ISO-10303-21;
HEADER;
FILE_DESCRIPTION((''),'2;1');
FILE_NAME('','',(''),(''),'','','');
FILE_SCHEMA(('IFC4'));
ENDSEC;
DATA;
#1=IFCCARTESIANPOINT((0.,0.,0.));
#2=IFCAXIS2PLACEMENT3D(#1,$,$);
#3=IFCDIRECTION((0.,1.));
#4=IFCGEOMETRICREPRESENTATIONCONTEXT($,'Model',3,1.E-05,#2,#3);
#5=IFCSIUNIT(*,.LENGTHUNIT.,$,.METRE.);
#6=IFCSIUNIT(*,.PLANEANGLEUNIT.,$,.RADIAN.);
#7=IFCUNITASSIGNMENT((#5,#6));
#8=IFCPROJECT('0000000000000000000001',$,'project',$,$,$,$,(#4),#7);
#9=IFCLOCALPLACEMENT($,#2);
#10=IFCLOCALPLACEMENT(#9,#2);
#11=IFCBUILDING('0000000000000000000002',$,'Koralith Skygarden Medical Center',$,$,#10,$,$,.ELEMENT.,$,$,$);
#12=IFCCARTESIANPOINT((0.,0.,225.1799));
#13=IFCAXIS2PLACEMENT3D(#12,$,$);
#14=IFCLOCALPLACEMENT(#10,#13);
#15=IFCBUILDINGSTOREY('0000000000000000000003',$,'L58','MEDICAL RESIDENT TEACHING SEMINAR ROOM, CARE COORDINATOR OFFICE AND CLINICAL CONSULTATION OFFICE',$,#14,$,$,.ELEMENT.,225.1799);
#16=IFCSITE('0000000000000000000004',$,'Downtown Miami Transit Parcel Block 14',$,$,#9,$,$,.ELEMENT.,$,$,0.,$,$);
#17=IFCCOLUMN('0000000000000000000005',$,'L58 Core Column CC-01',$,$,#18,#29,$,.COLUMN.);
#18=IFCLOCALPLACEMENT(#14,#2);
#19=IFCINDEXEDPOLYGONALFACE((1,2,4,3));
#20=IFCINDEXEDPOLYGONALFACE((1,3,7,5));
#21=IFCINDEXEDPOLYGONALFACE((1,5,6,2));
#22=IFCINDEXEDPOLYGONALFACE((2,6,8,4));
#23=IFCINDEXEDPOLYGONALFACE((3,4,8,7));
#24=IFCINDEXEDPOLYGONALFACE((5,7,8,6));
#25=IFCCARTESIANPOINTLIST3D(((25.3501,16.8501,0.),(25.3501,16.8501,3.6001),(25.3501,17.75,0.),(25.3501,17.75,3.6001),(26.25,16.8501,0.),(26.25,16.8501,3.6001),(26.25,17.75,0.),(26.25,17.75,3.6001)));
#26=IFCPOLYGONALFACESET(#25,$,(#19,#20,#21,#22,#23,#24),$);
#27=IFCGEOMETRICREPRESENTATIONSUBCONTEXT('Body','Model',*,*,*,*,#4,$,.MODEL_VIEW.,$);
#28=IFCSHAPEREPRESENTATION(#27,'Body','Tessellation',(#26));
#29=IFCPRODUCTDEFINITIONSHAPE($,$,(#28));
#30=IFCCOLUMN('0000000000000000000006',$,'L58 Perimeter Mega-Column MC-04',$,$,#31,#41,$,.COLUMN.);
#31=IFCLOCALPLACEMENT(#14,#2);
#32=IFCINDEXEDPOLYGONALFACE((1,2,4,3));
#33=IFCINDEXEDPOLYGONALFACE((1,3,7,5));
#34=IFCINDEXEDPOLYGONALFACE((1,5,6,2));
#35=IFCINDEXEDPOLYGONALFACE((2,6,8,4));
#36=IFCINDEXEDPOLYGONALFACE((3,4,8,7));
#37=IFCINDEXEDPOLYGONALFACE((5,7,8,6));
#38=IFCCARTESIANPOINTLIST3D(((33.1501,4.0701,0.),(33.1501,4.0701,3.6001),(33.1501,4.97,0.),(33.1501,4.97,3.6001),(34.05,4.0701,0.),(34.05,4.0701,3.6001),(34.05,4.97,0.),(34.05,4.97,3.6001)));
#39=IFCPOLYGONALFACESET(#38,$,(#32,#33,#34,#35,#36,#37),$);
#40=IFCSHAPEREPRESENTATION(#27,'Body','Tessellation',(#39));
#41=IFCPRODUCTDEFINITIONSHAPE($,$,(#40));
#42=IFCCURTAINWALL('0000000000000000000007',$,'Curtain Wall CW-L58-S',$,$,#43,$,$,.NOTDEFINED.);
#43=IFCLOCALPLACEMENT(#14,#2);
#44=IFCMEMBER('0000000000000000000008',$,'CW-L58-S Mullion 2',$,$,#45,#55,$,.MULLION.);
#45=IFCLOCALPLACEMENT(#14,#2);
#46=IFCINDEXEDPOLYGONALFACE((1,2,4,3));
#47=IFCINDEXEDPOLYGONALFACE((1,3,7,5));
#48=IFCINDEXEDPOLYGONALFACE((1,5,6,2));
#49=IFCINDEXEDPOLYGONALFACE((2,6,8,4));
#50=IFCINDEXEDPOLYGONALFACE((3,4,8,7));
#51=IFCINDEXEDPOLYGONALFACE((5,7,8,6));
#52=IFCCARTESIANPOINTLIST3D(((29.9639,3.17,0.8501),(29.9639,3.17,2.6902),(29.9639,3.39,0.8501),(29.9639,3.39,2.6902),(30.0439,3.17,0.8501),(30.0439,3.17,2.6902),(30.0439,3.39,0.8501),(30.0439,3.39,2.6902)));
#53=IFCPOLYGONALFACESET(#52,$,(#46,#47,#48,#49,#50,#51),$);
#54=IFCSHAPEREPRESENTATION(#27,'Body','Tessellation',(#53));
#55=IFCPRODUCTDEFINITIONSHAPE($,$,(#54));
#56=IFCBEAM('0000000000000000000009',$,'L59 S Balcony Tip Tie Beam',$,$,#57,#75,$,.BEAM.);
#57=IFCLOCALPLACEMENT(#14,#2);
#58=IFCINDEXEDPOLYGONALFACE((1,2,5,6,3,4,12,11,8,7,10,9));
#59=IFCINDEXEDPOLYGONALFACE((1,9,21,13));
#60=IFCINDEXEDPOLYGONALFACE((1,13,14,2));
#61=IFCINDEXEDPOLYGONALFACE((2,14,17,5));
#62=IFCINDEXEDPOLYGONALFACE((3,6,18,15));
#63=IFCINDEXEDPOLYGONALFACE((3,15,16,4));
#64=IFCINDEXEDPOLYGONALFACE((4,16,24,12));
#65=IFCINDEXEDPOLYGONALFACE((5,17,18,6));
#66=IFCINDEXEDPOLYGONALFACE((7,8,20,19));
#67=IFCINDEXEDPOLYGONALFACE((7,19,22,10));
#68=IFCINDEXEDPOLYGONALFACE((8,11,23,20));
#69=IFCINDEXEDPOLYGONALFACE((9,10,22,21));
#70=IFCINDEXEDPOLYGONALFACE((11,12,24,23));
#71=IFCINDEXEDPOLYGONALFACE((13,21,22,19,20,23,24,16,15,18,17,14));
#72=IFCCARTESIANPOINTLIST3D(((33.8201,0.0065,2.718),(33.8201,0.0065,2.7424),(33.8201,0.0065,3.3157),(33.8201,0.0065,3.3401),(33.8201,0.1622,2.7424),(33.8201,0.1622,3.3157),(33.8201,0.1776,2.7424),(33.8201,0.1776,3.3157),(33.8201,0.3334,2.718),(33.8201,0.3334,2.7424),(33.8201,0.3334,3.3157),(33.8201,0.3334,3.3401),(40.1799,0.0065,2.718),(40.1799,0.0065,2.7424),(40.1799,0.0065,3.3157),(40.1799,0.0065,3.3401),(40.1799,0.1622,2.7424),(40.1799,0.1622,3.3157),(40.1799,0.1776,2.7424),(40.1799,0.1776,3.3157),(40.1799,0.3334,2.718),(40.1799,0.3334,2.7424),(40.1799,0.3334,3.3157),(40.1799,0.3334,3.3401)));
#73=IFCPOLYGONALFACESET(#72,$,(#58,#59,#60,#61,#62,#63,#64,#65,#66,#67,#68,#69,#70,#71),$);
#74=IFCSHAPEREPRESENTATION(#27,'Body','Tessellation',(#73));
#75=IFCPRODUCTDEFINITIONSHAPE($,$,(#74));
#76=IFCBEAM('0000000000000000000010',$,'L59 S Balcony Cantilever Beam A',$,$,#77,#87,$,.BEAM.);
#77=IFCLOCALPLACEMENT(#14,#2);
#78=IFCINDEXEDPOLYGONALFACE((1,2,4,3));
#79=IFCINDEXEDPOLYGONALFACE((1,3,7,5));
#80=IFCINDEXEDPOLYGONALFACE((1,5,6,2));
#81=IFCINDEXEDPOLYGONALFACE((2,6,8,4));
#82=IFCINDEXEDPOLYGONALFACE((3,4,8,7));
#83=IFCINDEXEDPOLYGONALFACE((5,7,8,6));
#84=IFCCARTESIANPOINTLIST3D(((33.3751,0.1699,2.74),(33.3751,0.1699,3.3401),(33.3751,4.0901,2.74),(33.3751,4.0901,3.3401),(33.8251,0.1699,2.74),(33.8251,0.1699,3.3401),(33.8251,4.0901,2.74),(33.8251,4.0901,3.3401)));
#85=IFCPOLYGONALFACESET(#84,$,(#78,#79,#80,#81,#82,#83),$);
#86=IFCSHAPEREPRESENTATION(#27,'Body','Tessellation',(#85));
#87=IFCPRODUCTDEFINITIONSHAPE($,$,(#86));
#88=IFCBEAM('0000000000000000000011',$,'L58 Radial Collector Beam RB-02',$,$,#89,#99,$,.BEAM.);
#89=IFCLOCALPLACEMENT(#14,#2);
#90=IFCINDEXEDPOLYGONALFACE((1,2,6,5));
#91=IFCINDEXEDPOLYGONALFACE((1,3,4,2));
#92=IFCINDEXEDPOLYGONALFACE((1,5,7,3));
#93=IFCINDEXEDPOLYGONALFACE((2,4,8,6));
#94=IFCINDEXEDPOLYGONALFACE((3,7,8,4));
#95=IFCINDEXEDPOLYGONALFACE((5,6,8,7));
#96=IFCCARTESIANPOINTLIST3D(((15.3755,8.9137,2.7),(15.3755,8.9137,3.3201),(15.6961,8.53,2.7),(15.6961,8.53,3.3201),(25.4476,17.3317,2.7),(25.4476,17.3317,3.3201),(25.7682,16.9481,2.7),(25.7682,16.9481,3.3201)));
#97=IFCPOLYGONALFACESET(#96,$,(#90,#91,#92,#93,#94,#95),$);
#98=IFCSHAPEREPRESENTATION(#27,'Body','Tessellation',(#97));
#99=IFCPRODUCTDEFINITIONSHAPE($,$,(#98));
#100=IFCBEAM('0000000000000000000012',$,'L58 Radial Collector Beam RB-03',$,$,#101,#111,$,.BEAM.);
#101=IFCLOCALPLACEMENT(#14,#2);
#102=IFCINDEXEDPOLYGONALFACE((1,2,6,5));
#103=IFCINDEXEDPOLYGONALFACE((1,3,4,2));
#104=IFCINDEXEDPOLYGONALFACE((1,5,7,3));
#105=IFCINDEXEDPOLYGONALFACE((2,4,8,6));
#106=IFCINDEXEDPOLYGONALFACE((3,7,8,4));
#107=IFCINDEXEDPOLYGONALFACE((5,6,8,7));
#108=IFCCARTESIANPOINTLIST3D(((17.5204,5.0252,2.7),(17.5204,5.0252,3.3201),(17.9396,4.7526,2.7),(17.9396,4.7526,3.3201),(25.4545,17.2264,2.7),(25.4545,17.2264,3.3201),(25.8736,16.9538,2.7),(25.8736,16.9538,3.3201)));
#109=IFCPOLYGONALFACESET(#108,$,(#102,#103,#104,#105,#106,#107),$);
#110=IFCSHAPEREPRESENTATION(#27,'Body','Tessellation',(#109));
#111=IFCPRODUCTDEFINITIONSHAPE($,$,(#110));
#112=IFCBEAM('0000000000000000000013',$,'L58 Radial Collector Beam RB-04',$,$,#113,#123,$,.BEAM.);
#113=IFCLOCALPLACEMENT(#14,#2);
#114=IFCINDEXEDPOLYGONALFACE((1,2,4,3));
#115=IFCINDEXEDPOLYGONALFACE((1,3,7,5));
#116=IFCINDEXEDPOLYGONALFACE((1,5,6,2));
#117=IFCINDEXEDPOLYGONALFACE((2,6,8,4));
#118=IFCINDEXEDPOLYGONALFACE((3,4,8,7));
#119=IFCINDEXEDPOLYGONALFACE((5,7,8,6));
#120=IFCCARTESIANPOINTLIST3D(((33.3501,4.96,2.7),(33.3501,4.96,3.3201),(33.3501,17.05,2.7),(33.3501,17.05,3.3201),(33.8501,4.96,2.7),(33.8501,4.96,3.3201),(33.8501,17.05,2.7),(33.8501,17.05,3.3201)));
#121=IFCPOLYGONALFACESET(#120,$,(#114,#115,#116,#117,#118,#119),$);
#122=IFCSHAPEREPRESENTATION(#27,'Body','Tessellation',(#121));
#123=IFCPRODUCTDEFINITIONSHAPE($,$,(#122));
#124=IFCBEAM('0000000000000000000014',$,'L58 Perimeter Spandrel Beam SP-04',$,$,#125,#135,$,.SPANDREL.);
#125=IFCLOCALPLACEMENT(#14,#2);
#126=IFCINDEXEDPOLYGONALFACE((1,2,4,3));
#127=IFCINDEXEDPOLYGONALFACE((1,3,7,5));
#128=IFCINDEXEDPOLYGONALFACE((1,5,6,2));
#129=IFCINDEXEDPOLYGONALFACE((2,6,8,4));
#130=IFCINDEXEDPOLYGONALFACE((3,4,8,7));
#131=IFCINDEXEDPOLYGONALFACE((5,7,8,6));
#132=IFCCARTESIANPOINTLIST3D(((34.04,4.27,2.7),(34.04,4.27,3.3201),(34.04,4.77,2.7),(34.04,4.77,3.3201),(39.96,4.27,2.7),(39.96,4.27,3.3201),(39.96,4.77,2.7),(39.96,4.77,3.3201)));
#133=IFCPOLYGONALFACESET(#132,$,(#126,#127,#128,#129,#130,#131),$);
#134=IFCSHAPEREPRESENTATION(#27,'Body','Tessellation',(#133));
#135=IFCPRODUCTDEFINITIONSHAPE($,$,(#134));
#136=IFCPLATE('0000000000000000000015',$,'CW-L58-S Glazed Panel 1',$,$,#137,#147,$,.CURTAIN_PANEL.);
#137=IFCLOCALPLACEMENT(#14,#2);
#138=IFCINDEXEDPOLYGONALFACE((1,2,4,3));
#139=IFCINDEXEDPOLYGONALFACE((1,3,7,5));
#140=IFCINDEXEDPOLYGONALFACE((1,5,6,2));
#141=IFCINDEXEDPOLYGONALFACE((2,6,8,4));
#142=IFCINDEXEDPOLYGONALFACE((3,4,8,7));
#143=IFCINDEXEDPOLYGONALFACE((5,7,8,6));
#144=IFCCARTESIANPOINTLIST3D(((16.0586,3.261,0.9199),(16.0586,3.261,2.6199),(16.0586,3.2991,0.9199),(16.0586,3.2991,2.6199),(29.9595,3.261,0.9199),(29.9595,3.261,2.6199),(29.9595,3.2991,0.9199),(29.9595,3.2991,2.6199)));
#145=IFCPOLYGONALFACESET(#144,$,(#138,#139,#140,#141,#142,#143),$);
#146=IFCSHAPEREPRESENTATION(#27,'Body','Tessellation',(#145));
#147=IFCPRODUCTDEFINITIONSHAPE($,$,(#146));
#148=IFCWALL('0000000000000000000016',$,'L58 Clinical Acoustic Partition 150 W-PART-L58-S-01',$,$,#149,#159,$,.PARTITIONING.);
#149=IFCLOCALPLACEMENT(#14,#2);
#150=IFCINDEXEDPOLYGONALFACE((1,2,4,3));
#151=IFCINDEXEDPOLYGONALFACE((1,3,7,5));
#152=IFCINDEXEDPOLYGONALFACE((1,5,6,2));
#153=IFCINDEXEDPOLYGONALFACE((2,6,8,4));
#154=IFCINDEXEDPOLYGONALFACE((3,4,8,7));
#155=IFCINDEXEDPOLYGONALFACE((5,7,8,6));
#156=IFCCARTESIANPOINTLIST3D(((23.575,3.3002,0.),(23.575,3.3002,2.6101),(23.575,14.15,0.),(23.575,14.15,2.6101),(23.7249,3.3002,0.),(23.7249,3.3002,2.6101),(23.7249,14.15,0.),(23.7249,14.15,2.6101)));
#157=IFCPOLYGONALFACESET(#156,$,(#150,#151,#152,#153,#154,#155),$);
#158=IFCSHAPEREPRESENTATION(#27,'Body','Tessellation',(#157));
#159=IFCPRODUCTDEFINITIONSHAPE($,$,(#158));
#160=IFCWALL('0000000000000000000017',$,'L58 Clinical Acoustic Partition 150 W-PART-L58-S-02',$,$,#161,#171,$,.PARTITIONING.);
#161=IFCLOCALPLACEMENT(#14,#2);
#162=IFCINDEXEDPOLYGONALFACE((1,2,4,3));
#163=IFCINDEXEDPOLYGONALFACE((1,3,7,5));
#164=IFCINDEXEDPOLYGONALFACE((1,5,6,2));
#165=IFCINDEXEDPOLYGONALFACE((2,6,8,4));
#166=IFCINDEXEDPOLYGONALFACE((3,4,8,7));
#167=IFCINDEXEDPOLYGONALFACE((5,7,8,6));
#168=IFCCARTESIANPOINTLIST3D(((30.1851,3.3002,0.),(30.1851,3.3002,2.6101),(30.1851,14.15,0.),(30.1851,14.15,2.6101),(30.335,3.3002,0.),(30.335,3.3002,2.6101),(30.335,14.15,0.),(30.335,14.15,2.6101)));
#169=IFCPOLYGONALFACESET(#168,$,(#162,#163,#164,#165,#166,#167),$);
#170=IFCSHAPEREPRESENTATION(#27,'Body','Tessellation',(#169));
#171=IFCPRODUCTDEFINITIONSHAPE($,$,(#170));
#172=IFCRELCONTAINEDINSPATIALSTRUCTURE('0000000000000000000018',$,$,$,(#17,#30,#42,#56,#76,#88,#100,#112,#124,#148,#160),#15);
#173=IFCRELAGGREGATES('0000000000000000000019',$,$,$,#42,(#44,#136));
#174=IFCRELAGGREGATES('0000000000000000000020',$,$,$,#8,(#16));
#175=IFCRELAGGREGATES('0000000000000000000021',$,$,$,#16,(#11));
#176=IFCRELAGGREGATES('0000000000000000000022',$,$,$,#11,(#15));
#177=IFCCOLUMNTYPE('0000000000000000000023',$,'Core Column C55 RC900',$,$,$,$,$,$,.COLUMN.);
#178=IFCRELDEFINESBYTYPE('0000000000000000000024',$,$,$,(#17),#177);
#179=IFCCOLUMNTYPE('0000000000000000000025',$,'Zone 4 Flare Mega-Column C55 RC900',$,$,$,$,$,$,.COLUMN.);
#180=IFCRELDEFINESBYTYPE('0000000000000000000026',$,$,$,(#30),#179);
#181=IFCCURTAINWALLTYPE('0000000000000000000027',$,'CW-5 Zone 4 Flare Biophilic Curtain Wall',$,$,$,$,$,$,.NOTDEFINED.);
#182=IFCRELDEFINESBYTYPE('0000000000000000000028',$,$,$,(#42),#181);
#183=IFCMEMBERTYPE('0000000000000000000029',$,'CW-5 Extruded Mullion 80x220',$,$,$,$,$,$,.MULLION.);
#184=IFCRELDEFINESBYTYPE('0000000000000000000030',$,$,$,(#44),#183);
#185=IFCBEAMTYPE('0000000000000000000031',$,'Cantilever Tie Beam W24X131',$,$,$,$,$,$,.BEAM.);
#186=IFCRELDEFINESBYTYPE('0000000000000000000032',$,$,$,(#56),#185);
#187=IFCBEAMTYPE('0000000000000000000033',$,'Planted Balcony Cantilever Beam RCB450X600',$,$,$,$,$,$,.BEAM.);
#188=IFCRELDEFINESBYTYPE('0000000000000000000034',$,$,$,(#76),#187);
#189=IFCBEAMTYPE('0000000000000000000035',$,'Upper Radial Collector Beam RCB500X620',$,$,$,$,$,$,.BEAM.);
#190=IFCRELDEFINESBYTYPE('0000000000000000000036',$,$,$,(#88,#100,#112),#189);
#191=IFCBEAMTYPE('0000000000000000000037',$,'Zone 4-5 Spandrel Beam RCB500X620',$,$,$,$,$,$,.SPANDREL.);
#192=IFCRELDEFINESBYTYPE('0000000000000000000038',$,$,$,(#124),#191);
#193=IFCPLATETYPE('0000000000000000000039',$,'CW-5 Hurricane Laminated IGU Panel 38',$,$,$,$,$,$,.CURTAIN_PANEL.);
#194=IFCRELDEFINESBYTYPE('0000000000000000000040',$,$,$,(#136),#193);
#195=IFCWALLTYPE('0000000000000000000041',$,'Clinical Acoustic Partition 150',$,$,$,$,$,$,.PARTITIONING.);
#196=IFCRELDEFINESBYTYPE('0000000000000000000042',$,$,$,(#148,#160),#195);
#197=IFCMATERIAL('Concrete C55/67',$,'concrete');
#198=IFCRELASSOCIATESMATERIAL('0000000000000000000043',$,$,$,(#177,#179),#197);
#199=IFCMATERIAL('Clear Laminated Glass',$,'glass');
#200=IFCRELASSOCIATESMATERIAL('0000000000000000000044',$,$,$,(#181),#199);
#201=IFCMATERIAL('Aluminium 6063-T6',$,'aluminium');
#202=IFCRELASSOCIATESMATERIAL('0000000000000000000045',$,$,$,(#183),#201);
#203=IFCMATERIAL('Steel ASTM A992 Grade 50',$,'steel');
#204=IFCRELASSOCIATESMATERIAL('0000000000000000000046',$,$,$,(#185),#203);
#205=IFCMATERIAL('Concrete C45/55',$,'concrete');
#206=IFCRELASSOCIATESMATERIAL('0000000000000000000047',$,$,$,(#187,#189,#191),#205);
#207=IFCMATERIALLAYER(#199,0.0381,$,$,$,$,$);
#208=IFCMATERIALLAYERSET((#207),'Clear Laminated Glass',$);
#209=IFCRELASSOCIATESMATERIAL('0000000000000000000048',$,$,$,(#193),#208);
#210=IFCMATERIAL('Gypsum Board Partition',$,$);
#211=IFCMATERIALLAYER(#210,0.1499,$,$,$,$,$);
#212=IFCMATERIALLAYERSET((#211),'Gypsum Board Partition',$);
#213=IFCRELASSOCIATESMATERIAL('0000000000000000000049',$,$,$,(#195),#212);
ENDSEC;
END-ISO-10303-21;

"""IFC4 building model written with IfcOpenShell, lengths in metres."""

from ifc_helpers import new_model, si_unit, direction, frame, frame_2d, origin, origin_2d, place, context, subcontext, project, spatial, rectangle, i_section, extrude, material, layer, layer_set, material_profile, profile_set, type_object, element, aggregate, save


model = new_model("IFC4")

# Units and contexts
model_context = context("Model", 3, precision=1e-05, world=origin(), true_north=direction((0.0, 1.0)))
body_context = subcontext(model_context, "Body", "Model", "MODEL_VIEW")
ifc_project = project(units=[si_unit("LENGTHUNIT", "METRE"), si_unit("PLANEANGLEUNIT", "RADIAN")], contexts=[model_context])

# Site, building, storey
site_placement = place(None, origin())
site = spatial("IfcSite", under=ifc_project, at=site_placement, Name="Downtown Miami Transit Parcel Block 14", CompositionType="ELEMENT", RefElevation=0.0)
building_placement = place(site_placement, origin())
building = spatial("IfcBuilding", under=site, at=building_placement, Name="Koralith Skygarden Medical Center", CompositionType="ELEMENT")
storey_placement = place(building_placement, frame((0.0, 0.0, 225.1799)))
storey = spatial("IfcBuildingStorey", under=building, at=storey_placement, Name="L58", Description="MEDICAL RESIDENT TEACHING SEMINAR ROOM, CARE COORDINATOR OFFICE AND CLINICAL CONSULTATION OFFICE", CompositionType="ELEMENT", Elevation=225.1799)

# Columns
ifc_material_1 = material(Name="Concrete C55/67", Category="concrete")
ifc_material_profile_1 = material_profile(ifc_material_1, rectangle(XDim=0.8999, YDim=0.8999, at=origin_2d()), Name="RC900X900")
ifc_profile_set_1 = profile_set([ifc_material_profile_1], Name="Concrete C55/67")
column_type_1 = type_object("IfcColumnType", Name="Core Column C55 RC900", PredefinedType="COLUMN", material=ifc_profile_set_1)
column_1_placement = place(storey_placement, frame((25.8, 17.3, 0.0), z_axis=(0.0, 0.0, 1.0), x_axis=(1.0, 0.0, 0.0)))
element("IfcColumn", 1, at=column_1_placement, inside=storey, type_object=column_type_1, Name="L58 Core Column CC-01", PredefinedType="COLUMN", context=body_context, shape_type="SweptSolid", body=[
    extrude(rectangle(XDim=0.8999, YDim=0.8999, at=origin_2d()), origin(), (0.0, 0.0, 1.0), 3.6001),
])
ifc_material_profile_2 = material_profile(ifc_material_1, rectangle(XDim=0.8999, YDim=0.8999, at=origin_2d()), Name="RC900X900")
ifc_profile_set_2 = profile_set([ifc_material_profile_2], Name="Concrete C55/67")
column_type_2 = type_object("IfcColumnType", Name="Zone 4 Flare Mega-Column C55 RC900", PredefinedType="COLUMN", material=ifc_profile_set_2)
column_2_placement = place(storey_placement, frame((33.6001, 4.52, 0.0), z_axis=(0.0, 0.0, 1.0), x_axis=(1.0, 0.0, 0.0)))
element("IfcColumn", 2, at=column_2_placement, inside=storey, type_object=column_type_2, Name="L58 Perimeter Mega-Column MC-04", PredefinedType="COLUMN", context=body_context, shape_type="SweptSolid", body=[
    extrude(rectangle(XDim=0.8999, YDim=0.8999, at=origin_2d()), origin(), (0.0, 0.0, 1.0), 3.6001),
])

# Curtain wall, member
ifc_material_2 = material(Name="Clear Laminated Glass", Category="glass")
curtain_wall_type = type_object("IfcCurtainWallType", Name="CW-5 Zone 4 Flare Biophilic Curtain Wall", PredefinedType="NOTDEFINED", material=ifc_material_2)
curtain_wall_placement = place(storey_placement, origin())
curtain_wall = element("IfcCurtainWall", 3, at=curtain_wall_placement, inside=storey, type_object=curtain_wall_type, Name="Curtain Wall CW-L58-S", PredefinedType="NOTDEFINED")
ifc_material_3 = material(Name="Aluminium 6063-T6", Category="aluminium")
ifc_material_profile_3 = material_profile(ifc_material_3, rectangle(XDim=0.0801, YDim=0.22, at=origin_2d()), Name="MUL80X220")
ifc_profile_set_3 = profile_set([ifc_material_profile_3], Name="Aluminium 6063-T6")
member_type = type_object("IfcMemberType", Name="CW-5 Extruded Mullion 80x220", PredefinedType="MULLION", material=ifc_profile_set_3)
member_placement = place(storey_placement, frame((30.0039, 3.28, 0.8501), z_axis=(0.0, 0.0, 1.0), x_axis=(1.0, 0.0, 0.0)))
member = element("IfcMember", 4, at=member_placement, type_object=member_type, Name="CW-L58-S Mullion 2", PredefinedType="MULLION", context=body_context, shape_type="SweptSolid", body=[
    extrude(rectangle(XDim=0.0801, YDim=0.22, at=origin_2d()), origin(), (0.0, 0.0, 1.0), 1.8401),
])

# Beams
ifc_material_4 = material(Name="Steel ASTM A992 Grade 50", Category="steel")
ifc_material_profile_4 = material_profile(ifc_material_4, i_section(OverallWidth=0.3269, OverallDepth=0.6221, WebThickness=0.0154, FlangeThickness=0.0244, at=origin_2d()), Name="W24X131")
ifc_profile_set_4 = profile_set([ifc_material_profile_4], Name="Steel ASTM A992 Grade 50")
beam_type_1 = type_object("IfcBeamType", Name="Cantilever Tie Beam W24X131", PredefinedType="BEAM", material=ifc_profile_set_4)
beam_1_placement = place(storey_placement, frame((33.8201, 0.1699, 3.0291), z_axis=(1.0, 0.0, 0.0), x_axis=(0.0, 1.0, 0.0)))
element("IfcBeam", 5, at=beam_1_placement, inside=storey, type_object=beam_type_1, Name="L59 S Balcony Tip Tie Beam", PredefinedType="BEAM", context=body_context, shape_type="SweptSolid", body=[
    extrude(i_section(OverallWidth=0.3269, OverallDepth=0.6221, WebThickness=0.0154, FlangeThickness=0.0244, at=origin_2d()), origin(), (0.0, 0.0, 1.0), 6.3599),
])
ifc_material_5 = material(Name="Concrete C45/55", Category="concrete")
ifc_material_profile_5 = material_profile(ifc_material_5, rectangle(XDim=0.45, YDim=0.6001, at=origin_2d()), Name="RCB450X600")
ifc_profile_set_5 = profile_set([ifc_material_profile_5], Name="Concrete C45/55")
beam_type_2 = type_object("IfcBeamType", Name="Planted Balcony Cantilever Beam RCB450X600", PredefinedType="BEAM", material=ifc_profile_set_5)
beam_2_placement = place(storey_placement, frame((33.6001, 4.0901, 3.04), z_axis=(0.0, -1.0, 0.0), x_axis=(1.0, 0.0, 0.0)))
element("IfcBeam", 6, at=beam_2_placement, inside=storey, type_object=beam_type_2, Name="L59 S Balcony Cantilever Beam A", PredefinedType="BEAM", context=body_context, shape_type="SweptSolid", body=[
    extrude(rectangle(XDim=0.45, YDim=0.6001, at=origin_2d()), origin(), (0.0, 0.0, 1.0), 3.9202),
])
ifc_material_profile_6 = material_profile(ifc_material_5, rectangle(XDim=0.5, YDim=0.6201, at=origin_2d()), Name="RCB500X620")
ifc_profile_set_6 = profile_set([ifc_material_profile_6], Name="Concrete C45/55")
beam_type_3 = type_object("IfcBeamType", Name="Upper Radial Collector Beam RCB500X620", PredefinedType="BEAM", material=ifc_profile_set_6)
beam_3_placement = place(storey_placement, frame((25.6079, 17.1399, 3.01), z_axis=(-0.767298, -0.641291, 0.0), x_axis=(0.641291, -0.767298, 0.0)))
element("IfcBeam", 7, at=beam_3_placement, inside=storey, type_object=beam_type_3, Name="L58 Radial Collector Beam RB-02", PredefinedType="BEAM", context=body_context, shape_type="SweptSolid", body=[
    extrude(rectangle(XDim=0.5, YDim=0.6201, at=origin_2d()), origin(), (0.0, 0.0, 1.0), 13.1267),
])
beam_4_placement = place(storey_placement, frame((25.6641, 17.0901, 3.01), z_axis=(-0.545149, -0.838339, 0.0), x_axis=(0.838339, -0.545149, 0.0)))
element("IfcBeam", 8, at=beam_4_placement, inside=storey, type_object=beam_type_3, Name="L58 Radial Collector Beam RB-03", PredefinedType="BEAM", context=body_context, shape_type="SweptSolid", body=[
    extrude(rectangle(XDim=0.5, YDim=0.6201, at=origin_2d()), origin(), (0.0, 0.0, 1.0), 14.554),
])
beam_5_placement = place(storey_placement, frame((33.6001, 17.05, 3.01), z_axis=(0.0, -1.0, 0.0), x_axis=(1.0, 0.0, 0.0)))
element("IfcBeam", 9, at=beam_5_placement, inside=storey, type_object=beam_type_3, Name="L58 Radial Collector Beam RB-04", PredefinedType="BEAM", context=body_context, shape_type="SweptSolid", body=[
    extrude(rectangle(XDim=0.5, YDim=0.6201, at=origin_2d()), origin(), (0.0, 0.0, 1.0), 12.0901),
])
ifc_material_profile_7 = material_profile(ifc_material_5, rectangle(XDim=0.5, YDim=0.6201, at=origin_2d()), Name="RCB500X620")
ifc_profile_set_7 = profile_set([ifc_material_profile_7], Name="Concrete C45/55")
beam_type_4 = type_object("IfcBeamType", Name="Zone 4-5 Spandrel Beam RCB500X620", PredefinedType="SPANDREL", material=ifc_profile_set_7)
beam_6_placement = place(storey_placement, frame((34.04, 4.52, 3.01), z_axis=(1.0, 0.0, 0.0), x_axis=(0.0, 1.0, 0.0)))
element("IfcBeam", 10, at=beam_6_placement, inside=storey, type_object=beam_type_4, Name="L58 Perimeter Spandrel Beam SP-04", PredefinedType="SPANDREL", context=body_context, shape_type="SweptSolid", body=[
    extrude(rectangle(XDim=0.5, YDim=0.6201, at=origin_2d()), origin(), (0.0, 0.0, 1.0), 5.9199),
])

# Plate
ifc_layer_1 = layer(ifc_material_2, 0.0381)
ifc_layer_set_1 = layer_set([ifc_layer_1], Name="Clear Laminated Glass")
plate_type = type_object("IfcPlateType", Name="CW-5 Hurricane Laminated IGU Panel 38", PredefinedType="CURTAIN_PANEL", material=ifc_layer_set_1)
plate_placement = place(storey_placement, frame((23.009, 3.28, 0.9199), z_axis=(0.0, 0.0, 1.0), x_axis=(1.0, 0.0, 0.0)))
plate = element("IfcPlate", 11, at=plate_placement, type_object=plate_type, Name="CW-L58-S Glazed Panel 1", PredefinedType="CURTAIN_PANEL", context=body_context, shape_type="SweptSolid", body=[
    extrude(rectangle(XDim=13.9009, YDim=0.0381, at=origin_2d()), origin(), (0.0, 0.0, 1.0), 1.7),
])
aggregate(curtain_wall, [member, plate])

# Walls
ifc_material_6 = material(Name="Gypsum Board Partition")
ifc_layer_2 = layer(ifc_material_6, 0.1499)
ifc_layer_set_2 = layer_set([ifc_layer_2], Name="Gypsum Board Partition")
wall_type_1 = type_object("IfcWallType", Name="Clinical Acoustic Partition 150", PredefinedType="PARTITIONING", material=ifc_layer_set_2)
for number, where, z_axis, x_axis, name in (
    (12, (23.6499, 14.1499, 0.0), (0.0, 0.0, 1.0), (0.0, -1.0, 0.0), "L58 Clinical Acoustic Partition 150 W-PART-L58-S-01"),
    (13, (30.26, 14.1499, 0.0), (0.0, 0.0, 1.0), (0.0, -1.0, 0.0), "L58 Clinical Acoustic Partition 150 W-PART-L58-S-02"),
):
    element("IfcWall", number, at=place(storey_placement, frame(where, z_axis=z_axis, x_axis=x_axis)), inside=storey, type_object=wall_type_1, Name=name, PredefinedType="PARTITIONING", context=body_context, shape_type="SweptSolid", body=[
        extrude(rectangle(XDim=10.8499, YDim=0.1499, at=frame_2d((5.4248, 0.0))), origin(), (0.0, 0.0, 1.0), 2.6101),
    ])

save(model, "model.ifc")
